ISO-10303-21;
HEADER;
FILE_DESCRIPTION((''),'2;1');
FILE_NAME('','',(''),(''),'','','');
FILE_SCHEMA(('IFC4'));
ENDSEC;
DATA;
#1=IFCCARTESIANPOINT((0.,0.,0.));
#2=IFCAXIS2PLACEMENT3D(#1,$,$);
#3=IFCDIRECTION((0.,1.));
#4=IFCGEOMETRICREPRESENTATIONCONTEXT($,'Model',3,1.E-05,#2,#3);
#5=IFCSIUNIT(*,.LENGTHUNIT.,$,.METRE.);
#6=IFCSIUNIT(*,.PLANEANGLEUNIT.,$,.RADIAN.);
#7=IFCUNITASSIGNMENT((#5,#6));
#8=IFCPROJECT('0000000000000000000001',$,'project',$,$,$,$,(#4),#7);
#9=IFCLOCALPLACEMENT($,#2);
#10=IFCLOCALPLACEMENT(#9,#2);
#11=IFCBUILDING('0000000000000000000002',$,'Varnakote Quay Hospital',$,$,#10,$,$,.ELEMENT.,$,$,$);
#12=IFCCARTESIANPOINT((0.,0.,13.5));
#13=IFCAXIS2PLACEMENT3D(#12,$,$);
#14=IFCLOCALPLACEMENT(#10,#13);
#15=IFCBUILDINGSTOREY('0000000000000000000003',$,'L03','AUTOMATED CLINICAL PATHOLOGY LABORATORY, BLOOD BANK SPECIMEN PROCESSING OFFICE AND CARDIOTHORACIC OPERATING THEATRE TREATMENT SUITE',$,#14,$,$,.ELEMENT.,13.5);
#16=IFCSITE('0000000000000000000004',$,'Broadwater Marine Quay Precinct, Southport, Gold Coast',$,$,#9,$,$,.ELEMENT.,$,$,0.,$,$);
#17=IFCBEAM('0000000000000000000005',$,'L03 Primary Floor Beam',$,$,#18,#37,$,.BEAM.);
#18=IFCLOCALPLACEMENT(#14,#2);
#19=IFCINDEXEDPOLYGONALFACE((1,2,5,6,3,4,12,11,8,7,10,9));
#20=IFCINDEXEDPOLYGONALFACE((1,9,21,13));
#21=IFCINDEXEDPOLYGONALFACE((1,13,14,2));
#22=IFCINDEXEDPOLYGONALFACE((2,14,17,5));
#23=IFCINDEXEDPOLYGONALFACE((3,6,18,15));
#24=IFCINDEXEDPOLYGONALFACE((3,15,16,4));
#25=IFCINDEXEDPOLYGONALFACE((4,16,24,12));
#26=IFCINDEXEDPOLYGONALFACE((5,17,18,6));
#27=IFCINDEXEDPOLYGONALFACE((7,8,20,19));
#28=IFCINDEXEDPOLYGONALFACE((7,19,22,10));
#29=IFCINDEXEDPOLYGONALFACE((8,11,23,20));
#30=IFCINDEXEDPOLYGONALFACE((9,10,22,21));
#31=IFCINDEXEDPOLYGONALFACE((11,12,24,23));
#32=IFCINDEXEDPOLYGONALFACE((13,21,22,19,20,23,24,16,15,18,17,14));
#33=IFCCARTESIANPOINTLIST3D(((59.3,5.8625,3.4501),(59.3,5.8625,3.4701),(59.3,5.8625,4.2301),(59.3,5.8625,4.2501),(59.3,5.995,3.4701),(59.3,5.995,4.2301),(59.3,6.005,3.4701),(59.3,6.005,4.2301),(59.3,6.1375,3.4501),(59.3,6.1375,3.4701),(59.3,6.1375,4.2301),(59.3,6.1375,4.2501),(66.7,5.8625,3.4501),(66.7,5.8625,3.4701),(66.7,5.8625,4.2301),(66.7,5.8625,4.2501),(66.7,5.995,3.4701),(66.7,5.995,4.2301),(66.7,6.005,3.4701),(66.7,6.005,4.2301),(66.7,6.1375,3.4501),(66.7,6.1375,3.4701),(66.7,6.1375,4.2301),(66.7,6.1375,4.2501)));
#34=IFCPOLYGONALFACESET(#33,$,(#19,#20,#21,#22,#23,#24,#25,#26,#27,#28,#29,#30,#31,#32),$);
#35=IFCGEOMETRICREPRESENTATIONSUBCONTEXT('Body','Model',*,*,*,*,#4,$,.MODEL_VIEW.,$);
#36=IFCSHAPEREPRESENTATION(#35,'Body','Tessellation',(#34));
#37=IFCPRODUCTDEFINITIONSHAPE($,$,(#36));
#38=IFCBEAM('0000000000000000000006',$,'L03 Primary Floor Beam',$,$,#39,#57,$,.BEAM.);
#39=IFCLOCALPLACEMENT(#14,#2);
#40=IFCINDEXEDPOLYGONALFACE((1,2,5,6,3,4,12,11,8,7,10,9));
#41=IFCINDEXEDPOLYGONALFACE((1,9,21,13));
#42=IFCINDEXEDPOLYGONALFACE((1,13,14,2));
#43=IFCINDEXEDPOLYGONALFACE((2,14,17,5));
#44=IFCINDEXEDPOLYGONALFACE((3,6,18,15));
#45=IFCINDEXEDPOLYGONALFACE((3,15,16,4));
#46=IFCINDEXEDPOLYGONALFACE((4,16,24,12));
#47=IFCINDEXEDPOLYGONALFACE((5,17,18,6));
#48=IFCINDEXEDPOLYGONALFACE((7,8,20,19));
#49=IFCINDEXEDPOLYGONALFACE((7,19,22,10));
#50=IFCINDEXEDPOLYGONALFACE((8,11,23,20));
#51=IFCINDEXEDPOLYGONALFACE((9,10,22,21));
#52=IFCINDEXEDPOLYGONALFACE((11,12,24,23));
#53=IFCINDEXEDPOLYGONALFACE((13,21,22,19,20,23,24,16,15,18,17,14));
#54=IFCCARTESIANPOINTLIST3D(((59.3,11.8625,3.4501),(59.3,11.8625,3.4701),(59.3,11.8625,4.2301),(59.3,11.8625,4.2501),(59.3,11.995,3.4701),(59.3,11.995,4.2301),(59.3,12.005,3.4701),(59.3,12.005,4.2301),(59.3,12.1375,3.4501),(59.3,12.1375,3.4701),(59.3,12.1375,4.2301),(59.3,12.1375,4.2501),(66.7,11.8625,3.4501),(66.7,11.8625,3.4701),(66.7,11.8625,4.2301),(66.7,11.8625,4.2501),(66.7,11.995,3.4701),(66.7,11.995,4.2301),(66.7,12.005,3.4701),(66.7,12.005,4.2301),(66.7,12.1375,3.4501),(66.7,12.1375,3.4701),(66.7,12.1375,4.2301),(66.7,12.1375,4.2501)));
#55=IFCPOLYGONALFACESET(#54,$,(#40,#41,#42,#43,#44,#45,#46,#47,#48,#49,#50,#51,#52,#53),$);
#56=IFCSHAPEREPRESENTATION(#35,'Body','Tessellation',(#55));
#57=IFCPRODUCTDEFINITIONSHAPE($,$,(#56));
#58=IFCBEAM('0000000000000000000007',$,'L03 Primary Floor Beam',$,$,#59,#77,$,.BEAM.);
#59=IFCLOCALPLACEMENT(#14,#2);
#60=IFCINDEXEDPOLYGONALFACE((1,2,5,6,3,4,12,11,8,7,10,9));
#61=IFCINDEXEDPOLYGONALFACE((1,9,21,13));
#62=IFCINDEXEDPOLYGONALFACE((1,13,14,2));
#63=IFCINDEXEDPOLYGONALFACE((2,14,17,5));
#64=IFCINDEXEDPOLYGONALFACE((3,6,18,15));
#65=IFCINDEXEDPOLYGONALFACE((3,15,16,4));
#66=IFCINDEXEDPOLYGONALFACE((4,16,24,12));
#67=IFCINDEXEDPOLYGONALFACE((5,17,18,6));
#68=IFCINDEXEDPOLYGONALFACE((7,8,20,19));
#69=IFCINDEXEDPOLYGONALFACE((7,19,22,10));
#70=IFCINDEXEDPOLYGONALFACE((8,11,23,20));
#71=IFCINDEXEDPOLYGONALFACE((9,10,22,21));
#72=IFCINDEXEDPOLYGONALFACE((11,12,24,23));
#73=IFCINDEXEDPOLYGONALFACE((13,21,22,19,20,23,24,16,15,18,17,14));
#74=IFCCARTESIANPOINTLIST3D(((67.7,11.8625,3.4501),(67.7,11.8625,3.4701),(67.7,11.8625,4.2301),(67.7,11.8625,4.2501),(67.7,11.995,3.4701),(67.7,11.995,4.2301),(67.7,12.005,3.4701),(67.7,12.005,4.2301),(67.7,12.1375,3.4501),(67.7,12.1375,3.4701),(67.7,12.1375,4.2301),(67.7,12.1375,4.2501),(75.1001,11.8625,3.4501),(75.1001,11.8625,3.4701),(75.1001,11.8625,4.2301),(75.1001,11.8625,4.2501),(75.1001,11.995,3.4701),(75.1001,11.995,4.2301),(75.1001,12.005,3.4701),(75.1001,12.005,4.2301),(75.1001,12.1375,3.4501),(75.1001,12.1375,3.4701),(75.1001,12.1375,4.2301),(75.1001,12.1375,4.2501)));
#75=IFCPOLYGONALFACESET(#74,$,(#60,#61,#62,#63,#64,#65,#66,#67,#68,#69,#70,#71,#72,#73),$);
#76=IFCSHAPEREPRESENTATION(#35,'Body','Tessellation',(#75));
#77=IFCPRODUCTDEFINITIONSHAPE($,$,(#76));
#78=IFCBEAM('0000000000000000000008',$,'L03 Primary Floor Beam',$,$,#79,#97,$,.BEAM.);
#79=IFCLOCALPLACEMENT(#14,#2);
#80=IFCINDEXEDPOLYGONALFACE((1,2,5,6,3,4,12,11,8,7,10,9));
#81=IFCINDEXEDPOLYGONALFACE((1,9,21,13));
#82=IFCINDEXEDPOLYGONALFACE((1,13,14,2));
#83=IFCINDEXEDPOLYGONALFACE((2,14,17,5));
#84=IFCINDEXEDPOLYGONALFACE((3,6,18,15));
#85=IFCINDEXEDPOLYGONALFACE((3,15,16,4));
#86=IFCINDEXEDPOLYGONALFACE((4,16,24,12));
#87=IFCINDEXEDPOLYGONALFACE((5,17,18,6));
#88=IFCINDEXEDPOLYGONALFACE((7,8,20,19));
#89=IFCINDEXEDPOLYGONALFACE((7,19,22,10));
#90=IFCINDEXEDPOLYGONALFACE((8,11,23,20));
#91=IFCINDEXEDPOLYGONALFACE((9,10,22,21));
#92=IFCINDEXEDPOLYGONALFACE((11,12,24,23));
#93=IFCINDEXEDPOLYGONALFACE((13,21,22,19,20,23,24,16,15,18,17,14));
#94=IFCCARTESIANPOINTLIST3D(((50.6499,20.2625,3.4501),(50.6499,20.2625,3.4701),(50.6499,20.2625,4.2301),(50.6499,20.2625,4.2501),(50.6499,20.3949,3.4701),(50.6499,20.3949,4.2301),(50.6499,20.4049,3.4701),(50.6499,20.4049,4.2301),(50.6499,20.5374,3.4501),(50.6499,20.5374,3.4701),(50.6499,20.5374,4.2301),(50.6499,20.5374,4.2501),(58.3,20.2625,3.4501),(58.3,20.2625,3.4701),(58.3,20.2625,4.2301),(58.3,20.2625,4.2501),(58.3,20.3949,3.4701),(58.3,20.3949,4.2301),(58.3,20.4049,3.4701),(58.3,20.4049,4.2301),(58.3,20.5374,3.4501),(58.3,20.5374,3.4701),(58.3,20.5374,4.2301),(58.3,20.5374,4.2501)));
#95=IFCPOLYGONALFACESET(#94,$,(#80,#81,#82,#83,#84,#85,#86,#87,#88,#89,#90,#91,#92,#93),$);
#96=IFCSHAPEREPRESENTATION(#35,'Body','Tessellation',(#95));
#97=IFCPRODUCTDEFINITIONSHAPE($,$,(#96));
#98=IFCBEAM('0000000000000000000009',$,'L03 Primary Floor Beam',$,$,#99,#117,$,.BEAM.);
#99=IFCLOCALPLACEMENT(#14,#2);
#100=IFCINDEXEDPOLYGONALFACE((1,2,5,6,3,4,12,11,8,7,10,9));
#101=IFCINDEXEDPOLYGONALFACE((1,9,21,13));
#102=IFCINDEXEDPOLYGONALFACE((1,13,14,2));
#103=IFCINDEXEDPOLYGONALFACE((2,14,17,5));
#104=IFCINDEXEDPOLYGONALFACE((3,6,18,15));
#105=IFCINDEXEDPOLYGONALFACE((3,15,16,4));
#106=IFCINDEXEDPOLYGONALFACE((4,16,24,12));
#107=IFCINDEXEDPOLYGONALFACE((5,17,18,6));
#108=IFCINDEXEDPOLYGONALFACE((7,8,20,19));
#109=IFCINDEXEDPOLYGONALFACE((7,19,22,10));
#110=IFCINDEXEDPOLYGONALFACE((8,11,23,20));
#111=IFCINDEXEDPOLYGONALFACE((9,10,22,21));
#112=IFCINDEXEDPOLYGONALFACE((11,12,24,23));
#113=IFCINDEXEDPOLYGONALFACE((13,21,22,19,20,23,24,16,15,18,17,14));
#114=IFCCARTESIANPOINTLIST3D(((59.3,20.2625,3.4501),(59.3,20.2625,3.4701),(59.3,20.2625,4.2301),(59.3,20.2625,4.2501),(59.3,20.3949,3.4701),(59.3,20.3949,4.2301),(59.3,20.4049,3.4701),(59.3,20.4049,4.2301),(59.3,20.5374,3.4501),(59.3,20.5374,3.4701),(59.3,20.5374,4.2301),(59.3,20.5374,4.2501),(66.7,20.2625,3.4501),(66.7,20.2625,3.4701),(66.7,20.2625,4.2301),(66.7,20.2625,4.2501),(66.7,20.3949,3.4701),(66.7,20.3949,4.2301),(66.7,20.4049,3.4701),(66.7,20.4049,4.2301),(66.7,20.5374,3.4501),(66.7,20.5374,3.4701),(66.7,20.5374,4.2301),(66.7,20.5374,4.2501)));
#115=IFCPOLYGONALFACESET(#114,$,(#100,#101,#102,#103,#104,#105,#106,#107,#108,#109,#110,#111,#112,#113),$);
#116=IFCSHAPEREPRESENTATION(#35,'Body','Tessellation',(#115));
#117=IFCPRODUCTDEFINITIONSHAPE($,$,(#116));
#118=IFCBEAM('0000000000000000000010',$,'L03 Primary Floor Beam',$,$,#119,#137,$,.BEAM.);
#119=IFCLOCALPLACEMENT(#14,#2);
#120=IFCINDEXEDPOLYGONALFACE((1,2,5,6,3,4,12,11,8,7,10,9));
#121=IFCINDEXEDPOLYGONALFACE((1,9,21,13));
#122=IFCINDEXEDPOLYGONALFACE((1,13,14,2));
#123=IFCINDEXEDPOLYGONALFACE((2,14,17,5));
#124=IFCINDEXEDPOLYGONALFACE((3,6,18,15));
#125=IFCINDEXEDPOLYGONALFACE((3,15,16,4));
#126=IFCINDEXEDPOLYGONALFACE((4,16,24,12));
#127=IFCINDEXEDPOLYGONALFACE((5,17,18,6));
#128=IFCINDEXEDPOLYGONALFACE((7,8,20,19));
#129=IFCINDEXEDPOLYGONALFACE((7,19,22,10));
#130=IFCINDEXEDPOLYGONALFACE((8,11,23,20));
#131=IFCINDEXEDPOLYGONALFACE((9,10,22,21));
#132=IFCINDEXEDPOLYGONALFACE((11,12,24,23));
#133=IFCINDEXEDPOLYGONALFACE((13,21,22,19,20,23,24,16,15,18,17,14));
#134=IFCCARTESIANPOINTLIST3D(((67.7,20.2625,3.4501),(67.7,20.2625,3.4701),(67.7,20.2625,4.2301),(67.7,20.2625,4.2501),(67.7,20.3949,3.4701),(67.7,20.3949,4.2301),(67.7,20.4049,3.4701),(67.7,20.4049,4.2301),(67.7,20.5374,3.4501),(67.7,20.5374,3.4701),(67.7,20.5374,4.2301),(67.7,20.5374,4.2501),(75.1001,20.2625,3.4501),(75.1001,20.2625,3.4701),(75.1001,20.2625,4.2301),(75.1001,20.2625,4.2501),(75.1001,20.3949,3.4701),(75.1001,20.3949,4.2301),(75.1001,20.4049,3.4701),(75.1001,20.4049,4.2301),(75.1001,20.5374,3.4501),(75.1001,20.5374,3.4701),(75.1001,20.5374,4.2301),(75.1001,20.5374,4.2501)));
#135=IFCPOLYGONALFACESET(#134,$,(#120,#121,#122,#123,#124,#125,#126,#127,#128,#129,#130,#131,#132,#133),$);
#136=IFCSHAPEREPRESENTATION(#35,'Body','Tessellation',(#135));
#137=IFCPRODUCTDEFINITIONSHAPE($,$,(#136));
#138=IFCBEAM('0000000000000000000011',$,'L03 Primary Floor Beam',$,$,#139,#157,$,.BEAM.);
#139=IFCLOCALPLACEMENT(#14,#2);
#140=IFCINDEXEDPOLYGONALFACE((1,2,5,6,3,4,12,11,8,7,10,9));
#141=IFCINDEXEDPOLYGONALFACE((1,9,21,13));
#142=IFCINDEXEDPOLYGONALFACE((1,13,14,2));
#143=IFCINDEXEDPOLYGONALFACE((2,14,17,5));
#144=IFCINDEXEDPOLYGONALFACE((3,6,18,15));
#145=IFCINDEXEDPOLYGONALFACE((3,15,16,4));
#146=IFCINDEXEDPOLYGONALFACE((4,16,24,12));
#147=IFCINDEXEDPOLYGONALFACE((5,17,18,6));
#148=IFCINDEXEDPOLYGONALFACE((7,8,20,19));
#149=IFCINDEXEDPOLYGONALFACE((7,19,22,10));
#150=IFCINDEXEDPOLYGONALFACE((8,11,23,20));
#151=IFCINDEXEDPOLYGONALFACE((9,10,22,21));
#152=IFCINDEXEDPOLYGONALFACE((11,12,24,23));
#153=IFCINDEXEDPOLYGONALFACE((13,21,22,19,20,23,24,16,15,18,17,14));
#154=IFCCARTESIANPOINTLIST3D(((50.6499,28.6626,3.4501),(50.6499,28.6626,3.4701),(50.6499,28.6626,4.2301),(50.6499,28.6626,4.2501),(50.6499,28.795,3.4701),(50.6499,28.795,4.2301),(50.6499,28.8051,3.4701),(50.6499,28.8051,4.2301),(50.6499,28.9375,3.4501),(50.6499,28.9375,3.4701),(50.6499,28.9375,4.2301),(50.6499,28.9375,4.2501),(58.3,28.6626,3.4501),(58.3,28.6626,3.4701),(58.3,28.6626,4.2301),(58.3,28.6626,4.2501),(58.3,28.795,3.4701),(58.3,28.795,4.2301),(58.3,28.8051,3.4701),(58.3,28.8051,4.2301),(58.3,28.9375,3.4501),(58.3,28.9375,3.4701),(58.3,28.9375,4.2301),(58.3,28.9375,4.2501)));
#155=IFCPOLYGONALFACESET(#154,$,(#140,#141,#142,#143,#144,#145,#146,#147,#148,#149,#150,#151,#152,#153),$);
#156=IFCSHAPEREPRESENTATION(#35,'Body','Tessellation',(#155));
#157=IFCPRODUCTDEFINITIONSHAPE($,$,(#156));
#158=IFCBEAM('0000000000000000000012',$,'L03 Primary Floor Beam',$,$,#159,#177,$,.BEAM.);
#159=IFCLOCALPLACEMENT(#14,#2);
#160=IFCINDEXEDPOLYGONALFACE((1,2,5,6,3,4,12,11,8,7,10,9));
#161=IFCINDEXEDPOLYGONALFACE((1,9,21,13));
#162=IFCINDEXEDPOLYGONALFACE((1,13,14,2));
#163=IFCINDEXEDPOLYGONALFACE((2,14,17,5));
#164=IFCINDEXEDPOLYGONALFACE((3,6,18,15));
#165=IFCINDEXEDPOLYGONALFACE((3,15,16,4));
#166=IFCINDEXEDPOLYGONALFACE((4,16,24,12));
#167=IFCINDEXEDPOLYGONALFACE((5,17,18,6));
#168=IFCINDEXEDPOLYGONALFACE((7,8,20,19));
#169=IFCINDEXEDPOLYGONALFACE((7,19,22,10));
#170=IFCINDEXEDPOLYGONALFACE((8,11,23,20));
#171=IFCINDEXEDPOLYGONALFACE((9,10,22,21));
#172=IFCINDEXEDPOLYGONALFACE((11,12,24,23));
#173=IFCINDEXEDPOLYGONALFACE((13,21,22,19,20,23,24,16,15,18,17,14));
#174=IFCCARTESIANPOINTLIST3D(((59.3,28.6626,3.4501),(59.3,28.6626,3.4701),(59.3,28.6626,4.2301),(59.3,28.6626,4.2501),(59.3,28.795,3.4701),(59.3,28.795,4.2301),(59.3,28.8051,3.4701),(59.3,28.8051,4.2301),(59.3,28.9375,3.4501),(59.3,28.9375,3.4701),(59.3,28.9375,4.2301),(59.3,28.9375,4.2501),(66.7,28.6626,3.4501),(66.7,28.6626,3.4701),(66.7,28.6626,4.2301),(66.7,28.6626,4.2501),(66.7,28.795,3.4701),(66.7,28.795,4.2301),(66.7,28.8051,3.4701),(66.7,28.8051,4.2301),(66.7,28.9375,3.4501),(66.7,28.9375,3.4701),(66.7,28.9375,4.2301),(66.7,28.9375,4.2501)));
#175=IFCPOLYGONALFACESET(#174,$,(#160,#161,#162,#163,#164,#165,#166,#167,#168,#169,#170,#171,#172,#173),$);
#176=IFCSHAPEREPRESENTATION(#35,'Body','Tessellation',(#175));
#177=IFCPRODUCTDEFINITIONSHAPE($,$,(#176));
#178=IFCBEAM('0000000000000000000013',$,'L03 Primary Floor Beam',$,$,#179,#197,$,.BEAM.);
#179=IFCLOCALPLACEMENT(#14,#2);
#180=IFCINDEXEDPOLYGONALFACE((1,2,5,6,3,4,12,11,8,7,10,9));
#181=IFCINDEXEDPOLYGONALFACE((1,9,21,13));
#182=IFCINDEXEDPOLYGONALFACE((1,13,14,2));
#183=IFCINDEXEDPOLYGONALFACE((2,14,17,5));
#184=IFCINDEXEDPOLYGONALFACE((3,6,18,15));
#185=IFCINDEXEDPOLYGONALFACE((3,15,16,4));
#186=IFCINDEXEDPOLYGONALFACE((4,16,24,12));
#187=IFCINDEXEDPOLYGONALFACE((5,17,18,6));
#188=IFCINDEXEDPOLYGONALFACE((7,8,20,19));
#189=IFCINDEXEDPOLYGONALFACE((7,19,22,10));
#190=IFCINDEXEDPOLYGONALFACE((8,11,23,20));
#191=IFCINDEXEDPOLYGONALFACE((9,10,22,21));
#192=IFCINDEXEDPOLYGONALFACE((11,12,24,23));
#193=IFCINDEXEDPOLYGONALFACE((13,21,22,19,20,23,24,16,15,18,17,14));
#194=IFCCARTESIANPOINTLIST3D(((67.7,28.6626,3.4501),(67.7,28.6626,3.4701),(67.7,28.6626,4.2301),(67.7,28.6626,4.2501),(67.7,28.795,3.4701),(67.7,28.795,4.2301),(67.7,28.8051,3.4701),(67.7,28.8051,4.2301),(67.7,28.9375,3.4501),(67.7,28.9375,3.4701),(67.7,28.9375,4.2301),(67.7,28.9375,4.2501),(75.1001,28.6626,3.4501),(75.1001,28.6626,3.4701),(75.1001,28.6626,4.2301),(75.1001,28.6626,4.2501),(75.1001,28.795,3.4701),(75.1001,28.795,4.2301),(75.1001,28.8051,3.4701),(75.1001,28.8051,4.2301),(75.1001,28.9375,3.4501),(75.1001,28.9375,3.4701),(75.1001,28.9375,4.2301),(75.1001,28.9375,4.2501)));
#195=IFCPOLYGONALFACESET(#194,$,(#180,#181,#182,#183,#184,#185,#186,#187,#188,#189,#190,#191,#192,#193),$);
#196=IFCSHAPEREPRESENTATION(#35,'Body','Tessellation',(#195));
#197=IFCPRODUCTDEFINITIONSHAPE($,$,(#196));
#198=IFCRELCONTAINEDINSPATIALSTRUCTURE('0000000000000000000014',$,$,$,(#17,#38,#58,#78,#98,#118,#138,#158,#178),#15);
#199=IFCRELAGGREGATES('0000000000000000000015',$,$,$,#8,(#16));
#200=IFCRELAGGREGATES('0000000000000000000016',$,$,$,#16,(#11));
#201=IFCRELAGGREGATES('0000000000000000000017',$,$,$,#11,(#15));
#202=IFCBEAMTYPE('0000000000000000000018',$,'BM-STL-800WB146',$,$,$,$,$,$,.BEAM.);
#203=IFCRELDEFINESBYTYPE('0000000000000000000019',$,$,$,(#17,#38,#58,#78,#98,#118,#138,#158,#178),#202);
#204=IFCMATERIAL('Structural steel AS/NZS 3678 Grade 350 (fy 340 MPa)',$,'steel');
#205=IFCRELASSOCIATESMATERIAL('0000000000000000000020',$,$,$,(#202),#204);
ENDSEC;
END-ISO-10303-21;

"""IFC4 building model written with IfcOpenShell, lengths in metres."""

from ifc_helpers import new_model, si_unit, direction, frame, origin, origin_2d, place, context, subcontext, project, spatial, i_section, extrude, material, material_profile, profile_set, type_object, element, save


model = new_model("IFC4")

# Units and contexts
model_context = context("Model", 3, precision=1e-05, world=origin(), true_north=direction((0.0, 1.0)))
body_context = subcontext(model_context, "Body", "Model", "MODEL_VIEW")
ifc_project = project(units=[si_unit("LENGTHUNIT", "METRE"), si_unit("PLANEANGLEUNIT", "RADIAN")], contexts=[model_context])

# Site, building, storey
site_placement = place(None, origin())
site = spatial("IfcSite", under=ifc_project, at=site_placement, Name="Broadwater Marine Quay Precinct, Southport, Gold Coast", CompositionType="ELEMENT", RefElevation=0.0)
building_placement = place(site_placement, origin())
building = spatial("IfcBuilding", under=site, at=building_placement, Name="Varnakote Quay Hospital", CompositionType="ELEMENT")
storey_placement = place(building_placement, frame((0.0, 0.0, 13.5)))
storey = spatial("IfcBuildingStorey", under=building, at=storey_placement, Name="L03", Description="AUTOMATED CLINICAL PATHOLOGY LABORATORY, BLOOD BANK SPECIMEN PROCESSING OFFICE AND CARDIOTHORACIC OPERATING THEATRE TREATMENT SUITE", CompositionType="ELEMENT", Elevation=13.5)

# Beams
ifc_material_1 = material(Name="Structural steel AS/NZS 3678 Grade 350 (fy 340 MPa)", Category="steel")
ifc_material_profile_1 = material_profile(ifc_material_1, i_section(OverallWidth=0.2749, OverallDepth=0.8, WebThickness=0.01, FlangeThickness=0.02, at=origin_2d()), Name="800WB146")
ifc_profile_set_1 = profile_set([ifc_material_profile_1], Name="Structural steel AS/NZS 3678 Grade 350 (fy 340 MPa)")
beam_type_1 = type_object("IfcBeamType", Name="BM-STL-800WB146", PredefinedType="BEAM", material=ifc_profile_set_1)
for number, where, z_axis, x_axis, name in (
    (1, (59.3, 6.0, 3.8501), (1.0, 0.0, 0.0), (0.0, 1.0, 0.0), "L03 Primary Floor Beam"),
    (2, (59.3, 12.0, 3.8501), (1.0, 0.0, 0.0), (0.0, 1.0, 0.0), "L03 Primary Floor Beam"),
):
    element("IfcBeam", number, at=place(storey_placement, frame(where, z_axis=z_axis, x_axis=x_axis)), inside=storey, type_object=beam_type_1, Name=name, PredefinedType="BEAM", context=body_context, shape_type="SweptSolid", body=[
        extrude(i_section(OverallWidth=0.2749, OverallDepth=0.8, WebThickness=0.01, FlangeThickness=0.02, at=origin_2d()), origin(), (0.0, 0.0, 1.0), 7.3999),
    ])
beam_1_placement = place(storey_placement, frame((67.7, 12.0, 3.8501), z_axis=(1.0, 0.0, 0.0), x_axis=(0.0, 1.0, 0.0)))
element("IfcBeam", 3, at=beam_1_placement, inside=storey, type_object=beam_type_1, Name="L03 Primary Floor Beam", PredefinedType="BEAM", context=body_context, shape_type="SweptSolid", body=[
    extrude(i_section(OverallWidth=0.2749, OverallDepth=0.8, WebThickness=0.01, FlangeThickness=0.02, at=origin_2d()), origin(), (0.0, 0.0, 1.0), 7.4001),
])
beam_2_placement = place(storey_placement, frame((50.6499, 20.3999, 3.8501), z_axis=(1.0, 0.0, 0.0), x_axis=(0.0, 1.0, 0.0)))
element("IfcBeam", 4, at=beam_2_placement, inside=storey, type_object=beam_type_1, Name="L03 Primary Floor Beam", PredefinedType="BEAM", context=body_context, shape_type="SweptSolid", body=[
    extrude(i_section(OverallWidth=0.2749, OverallDepth=0.8, WebThickness=0.01, FlangeThickness=0.02, at=origin_2d()), origin(), (0.0, 0.0, 1.0), 7.6501),
])
beam_3_placement = place(storey_placement, frame((59.3, 20.3999, 3.8501), z_axis=(1.0, 0.0, 0.0), x_axis=(0.0, 1.0, 0.0)))
element("IfcBeam", 5, at=beam_3_placement, inside=storey, type_object=beam_type_1, Name="L03 Primary Floor Beam", PredefinedType="BEAM", context=body_context, shape_type="SweptSolid", body=[
    extrude(i_section(OverallWidth=0.2749, OverallDepth=0.8, WebThickness=0.01, FlangeThickness=0.02, at=origin_2d()), origin(), (0.0, 0.0, 1.0), 7.3999),
])
beam_4_placement = place(storey_placement, frame((67.7, 20.3999, 3.8501), z_axis=(1.0, 0.0, 0.0), x_axis=(0.0, 1.0, 0.0)))
element("IfcBeam", 6, at=beam_4_placement, inside=storey, type_object=beam_type_1, Name="L03 Primary Floor Beam", PredefinedType="BEAM", context=body_context, shape_type="SweptSolid", body=[
    extrude(i_section(OverallWidth=0.2749, OverallDepth=0.8, WebThickness=0.01, FlangeThickness=0.02, at=origin_2d()), origin(), (0.0, 0.0, 1.0), 7.4001),
])
beam_5_placement = place(storey_placement, frame((50.6499, 28.8, 3.8501), z_axis=(1.0, 0.0, 0.0), x_axis=(0.0, 1.0, 0.0)))
element("IfcBeam", 7, at=beam_5_placement, inside=storey, type_object=beam_type_1, Name="L03 Primary Floor Beam", PredefinedType="BEAM", context=body_context, shape_type="SweptSolid", body=[
    extrude(i_section(OverallWidth=0.2749, OverallDepth=0.8, WebThickness=0.01, FlangeThickness=0.02, at=origin_2d()), origin(), (0.0, 0.0, 1.0), 7.6501),
])
beam_6_placement = place(storey_placement, frame((59.3, 28.8, 3.8501), z_axis=(1.0, 0.0, 0.0), x_axis=(0.0, 1.0, 0.0)))
element("IfcBeam", 8, at=beam_6_placement, inside=storey, type_object=beam_type_1, Name="L03 Primary Floor Beam", PredefinedType="BEAM", context=body_context, shape_type="SweptSolid", body=[
    extrude(i_section(OverallWidth=0.2749, OverallDepth=0.8, WebThickness=0.01, FlangeThickness=0.02, at=origin_2d()), origin(), (0.0, 0.0, 1.0), 7.3999),
])
beam_7_placement = place(storey_placement, frame((67.7, 28.8, 3.8501), z_axis=(1.0, 0.0, 0.0), x_axis=(0.0, 1.0, 0.0)))
element("IfcBeam", 9, at=beam_7_placement, inside=storey, type_object=beam_type_1, Name="L03 Primary Floor Beam", PredefinedType="BEAM", context=body_context, shape_type="SweptSolid", body=[
    extrude(i_section(OverallWidth=0.2749, OverallDepth=0.8, WebThickness=0.01, FlangeThickness=0.02, at=origin_2d()), origin(), (0.0, 0.0, 1.0), 7.4001),
])

save(model, "model.ifc")
